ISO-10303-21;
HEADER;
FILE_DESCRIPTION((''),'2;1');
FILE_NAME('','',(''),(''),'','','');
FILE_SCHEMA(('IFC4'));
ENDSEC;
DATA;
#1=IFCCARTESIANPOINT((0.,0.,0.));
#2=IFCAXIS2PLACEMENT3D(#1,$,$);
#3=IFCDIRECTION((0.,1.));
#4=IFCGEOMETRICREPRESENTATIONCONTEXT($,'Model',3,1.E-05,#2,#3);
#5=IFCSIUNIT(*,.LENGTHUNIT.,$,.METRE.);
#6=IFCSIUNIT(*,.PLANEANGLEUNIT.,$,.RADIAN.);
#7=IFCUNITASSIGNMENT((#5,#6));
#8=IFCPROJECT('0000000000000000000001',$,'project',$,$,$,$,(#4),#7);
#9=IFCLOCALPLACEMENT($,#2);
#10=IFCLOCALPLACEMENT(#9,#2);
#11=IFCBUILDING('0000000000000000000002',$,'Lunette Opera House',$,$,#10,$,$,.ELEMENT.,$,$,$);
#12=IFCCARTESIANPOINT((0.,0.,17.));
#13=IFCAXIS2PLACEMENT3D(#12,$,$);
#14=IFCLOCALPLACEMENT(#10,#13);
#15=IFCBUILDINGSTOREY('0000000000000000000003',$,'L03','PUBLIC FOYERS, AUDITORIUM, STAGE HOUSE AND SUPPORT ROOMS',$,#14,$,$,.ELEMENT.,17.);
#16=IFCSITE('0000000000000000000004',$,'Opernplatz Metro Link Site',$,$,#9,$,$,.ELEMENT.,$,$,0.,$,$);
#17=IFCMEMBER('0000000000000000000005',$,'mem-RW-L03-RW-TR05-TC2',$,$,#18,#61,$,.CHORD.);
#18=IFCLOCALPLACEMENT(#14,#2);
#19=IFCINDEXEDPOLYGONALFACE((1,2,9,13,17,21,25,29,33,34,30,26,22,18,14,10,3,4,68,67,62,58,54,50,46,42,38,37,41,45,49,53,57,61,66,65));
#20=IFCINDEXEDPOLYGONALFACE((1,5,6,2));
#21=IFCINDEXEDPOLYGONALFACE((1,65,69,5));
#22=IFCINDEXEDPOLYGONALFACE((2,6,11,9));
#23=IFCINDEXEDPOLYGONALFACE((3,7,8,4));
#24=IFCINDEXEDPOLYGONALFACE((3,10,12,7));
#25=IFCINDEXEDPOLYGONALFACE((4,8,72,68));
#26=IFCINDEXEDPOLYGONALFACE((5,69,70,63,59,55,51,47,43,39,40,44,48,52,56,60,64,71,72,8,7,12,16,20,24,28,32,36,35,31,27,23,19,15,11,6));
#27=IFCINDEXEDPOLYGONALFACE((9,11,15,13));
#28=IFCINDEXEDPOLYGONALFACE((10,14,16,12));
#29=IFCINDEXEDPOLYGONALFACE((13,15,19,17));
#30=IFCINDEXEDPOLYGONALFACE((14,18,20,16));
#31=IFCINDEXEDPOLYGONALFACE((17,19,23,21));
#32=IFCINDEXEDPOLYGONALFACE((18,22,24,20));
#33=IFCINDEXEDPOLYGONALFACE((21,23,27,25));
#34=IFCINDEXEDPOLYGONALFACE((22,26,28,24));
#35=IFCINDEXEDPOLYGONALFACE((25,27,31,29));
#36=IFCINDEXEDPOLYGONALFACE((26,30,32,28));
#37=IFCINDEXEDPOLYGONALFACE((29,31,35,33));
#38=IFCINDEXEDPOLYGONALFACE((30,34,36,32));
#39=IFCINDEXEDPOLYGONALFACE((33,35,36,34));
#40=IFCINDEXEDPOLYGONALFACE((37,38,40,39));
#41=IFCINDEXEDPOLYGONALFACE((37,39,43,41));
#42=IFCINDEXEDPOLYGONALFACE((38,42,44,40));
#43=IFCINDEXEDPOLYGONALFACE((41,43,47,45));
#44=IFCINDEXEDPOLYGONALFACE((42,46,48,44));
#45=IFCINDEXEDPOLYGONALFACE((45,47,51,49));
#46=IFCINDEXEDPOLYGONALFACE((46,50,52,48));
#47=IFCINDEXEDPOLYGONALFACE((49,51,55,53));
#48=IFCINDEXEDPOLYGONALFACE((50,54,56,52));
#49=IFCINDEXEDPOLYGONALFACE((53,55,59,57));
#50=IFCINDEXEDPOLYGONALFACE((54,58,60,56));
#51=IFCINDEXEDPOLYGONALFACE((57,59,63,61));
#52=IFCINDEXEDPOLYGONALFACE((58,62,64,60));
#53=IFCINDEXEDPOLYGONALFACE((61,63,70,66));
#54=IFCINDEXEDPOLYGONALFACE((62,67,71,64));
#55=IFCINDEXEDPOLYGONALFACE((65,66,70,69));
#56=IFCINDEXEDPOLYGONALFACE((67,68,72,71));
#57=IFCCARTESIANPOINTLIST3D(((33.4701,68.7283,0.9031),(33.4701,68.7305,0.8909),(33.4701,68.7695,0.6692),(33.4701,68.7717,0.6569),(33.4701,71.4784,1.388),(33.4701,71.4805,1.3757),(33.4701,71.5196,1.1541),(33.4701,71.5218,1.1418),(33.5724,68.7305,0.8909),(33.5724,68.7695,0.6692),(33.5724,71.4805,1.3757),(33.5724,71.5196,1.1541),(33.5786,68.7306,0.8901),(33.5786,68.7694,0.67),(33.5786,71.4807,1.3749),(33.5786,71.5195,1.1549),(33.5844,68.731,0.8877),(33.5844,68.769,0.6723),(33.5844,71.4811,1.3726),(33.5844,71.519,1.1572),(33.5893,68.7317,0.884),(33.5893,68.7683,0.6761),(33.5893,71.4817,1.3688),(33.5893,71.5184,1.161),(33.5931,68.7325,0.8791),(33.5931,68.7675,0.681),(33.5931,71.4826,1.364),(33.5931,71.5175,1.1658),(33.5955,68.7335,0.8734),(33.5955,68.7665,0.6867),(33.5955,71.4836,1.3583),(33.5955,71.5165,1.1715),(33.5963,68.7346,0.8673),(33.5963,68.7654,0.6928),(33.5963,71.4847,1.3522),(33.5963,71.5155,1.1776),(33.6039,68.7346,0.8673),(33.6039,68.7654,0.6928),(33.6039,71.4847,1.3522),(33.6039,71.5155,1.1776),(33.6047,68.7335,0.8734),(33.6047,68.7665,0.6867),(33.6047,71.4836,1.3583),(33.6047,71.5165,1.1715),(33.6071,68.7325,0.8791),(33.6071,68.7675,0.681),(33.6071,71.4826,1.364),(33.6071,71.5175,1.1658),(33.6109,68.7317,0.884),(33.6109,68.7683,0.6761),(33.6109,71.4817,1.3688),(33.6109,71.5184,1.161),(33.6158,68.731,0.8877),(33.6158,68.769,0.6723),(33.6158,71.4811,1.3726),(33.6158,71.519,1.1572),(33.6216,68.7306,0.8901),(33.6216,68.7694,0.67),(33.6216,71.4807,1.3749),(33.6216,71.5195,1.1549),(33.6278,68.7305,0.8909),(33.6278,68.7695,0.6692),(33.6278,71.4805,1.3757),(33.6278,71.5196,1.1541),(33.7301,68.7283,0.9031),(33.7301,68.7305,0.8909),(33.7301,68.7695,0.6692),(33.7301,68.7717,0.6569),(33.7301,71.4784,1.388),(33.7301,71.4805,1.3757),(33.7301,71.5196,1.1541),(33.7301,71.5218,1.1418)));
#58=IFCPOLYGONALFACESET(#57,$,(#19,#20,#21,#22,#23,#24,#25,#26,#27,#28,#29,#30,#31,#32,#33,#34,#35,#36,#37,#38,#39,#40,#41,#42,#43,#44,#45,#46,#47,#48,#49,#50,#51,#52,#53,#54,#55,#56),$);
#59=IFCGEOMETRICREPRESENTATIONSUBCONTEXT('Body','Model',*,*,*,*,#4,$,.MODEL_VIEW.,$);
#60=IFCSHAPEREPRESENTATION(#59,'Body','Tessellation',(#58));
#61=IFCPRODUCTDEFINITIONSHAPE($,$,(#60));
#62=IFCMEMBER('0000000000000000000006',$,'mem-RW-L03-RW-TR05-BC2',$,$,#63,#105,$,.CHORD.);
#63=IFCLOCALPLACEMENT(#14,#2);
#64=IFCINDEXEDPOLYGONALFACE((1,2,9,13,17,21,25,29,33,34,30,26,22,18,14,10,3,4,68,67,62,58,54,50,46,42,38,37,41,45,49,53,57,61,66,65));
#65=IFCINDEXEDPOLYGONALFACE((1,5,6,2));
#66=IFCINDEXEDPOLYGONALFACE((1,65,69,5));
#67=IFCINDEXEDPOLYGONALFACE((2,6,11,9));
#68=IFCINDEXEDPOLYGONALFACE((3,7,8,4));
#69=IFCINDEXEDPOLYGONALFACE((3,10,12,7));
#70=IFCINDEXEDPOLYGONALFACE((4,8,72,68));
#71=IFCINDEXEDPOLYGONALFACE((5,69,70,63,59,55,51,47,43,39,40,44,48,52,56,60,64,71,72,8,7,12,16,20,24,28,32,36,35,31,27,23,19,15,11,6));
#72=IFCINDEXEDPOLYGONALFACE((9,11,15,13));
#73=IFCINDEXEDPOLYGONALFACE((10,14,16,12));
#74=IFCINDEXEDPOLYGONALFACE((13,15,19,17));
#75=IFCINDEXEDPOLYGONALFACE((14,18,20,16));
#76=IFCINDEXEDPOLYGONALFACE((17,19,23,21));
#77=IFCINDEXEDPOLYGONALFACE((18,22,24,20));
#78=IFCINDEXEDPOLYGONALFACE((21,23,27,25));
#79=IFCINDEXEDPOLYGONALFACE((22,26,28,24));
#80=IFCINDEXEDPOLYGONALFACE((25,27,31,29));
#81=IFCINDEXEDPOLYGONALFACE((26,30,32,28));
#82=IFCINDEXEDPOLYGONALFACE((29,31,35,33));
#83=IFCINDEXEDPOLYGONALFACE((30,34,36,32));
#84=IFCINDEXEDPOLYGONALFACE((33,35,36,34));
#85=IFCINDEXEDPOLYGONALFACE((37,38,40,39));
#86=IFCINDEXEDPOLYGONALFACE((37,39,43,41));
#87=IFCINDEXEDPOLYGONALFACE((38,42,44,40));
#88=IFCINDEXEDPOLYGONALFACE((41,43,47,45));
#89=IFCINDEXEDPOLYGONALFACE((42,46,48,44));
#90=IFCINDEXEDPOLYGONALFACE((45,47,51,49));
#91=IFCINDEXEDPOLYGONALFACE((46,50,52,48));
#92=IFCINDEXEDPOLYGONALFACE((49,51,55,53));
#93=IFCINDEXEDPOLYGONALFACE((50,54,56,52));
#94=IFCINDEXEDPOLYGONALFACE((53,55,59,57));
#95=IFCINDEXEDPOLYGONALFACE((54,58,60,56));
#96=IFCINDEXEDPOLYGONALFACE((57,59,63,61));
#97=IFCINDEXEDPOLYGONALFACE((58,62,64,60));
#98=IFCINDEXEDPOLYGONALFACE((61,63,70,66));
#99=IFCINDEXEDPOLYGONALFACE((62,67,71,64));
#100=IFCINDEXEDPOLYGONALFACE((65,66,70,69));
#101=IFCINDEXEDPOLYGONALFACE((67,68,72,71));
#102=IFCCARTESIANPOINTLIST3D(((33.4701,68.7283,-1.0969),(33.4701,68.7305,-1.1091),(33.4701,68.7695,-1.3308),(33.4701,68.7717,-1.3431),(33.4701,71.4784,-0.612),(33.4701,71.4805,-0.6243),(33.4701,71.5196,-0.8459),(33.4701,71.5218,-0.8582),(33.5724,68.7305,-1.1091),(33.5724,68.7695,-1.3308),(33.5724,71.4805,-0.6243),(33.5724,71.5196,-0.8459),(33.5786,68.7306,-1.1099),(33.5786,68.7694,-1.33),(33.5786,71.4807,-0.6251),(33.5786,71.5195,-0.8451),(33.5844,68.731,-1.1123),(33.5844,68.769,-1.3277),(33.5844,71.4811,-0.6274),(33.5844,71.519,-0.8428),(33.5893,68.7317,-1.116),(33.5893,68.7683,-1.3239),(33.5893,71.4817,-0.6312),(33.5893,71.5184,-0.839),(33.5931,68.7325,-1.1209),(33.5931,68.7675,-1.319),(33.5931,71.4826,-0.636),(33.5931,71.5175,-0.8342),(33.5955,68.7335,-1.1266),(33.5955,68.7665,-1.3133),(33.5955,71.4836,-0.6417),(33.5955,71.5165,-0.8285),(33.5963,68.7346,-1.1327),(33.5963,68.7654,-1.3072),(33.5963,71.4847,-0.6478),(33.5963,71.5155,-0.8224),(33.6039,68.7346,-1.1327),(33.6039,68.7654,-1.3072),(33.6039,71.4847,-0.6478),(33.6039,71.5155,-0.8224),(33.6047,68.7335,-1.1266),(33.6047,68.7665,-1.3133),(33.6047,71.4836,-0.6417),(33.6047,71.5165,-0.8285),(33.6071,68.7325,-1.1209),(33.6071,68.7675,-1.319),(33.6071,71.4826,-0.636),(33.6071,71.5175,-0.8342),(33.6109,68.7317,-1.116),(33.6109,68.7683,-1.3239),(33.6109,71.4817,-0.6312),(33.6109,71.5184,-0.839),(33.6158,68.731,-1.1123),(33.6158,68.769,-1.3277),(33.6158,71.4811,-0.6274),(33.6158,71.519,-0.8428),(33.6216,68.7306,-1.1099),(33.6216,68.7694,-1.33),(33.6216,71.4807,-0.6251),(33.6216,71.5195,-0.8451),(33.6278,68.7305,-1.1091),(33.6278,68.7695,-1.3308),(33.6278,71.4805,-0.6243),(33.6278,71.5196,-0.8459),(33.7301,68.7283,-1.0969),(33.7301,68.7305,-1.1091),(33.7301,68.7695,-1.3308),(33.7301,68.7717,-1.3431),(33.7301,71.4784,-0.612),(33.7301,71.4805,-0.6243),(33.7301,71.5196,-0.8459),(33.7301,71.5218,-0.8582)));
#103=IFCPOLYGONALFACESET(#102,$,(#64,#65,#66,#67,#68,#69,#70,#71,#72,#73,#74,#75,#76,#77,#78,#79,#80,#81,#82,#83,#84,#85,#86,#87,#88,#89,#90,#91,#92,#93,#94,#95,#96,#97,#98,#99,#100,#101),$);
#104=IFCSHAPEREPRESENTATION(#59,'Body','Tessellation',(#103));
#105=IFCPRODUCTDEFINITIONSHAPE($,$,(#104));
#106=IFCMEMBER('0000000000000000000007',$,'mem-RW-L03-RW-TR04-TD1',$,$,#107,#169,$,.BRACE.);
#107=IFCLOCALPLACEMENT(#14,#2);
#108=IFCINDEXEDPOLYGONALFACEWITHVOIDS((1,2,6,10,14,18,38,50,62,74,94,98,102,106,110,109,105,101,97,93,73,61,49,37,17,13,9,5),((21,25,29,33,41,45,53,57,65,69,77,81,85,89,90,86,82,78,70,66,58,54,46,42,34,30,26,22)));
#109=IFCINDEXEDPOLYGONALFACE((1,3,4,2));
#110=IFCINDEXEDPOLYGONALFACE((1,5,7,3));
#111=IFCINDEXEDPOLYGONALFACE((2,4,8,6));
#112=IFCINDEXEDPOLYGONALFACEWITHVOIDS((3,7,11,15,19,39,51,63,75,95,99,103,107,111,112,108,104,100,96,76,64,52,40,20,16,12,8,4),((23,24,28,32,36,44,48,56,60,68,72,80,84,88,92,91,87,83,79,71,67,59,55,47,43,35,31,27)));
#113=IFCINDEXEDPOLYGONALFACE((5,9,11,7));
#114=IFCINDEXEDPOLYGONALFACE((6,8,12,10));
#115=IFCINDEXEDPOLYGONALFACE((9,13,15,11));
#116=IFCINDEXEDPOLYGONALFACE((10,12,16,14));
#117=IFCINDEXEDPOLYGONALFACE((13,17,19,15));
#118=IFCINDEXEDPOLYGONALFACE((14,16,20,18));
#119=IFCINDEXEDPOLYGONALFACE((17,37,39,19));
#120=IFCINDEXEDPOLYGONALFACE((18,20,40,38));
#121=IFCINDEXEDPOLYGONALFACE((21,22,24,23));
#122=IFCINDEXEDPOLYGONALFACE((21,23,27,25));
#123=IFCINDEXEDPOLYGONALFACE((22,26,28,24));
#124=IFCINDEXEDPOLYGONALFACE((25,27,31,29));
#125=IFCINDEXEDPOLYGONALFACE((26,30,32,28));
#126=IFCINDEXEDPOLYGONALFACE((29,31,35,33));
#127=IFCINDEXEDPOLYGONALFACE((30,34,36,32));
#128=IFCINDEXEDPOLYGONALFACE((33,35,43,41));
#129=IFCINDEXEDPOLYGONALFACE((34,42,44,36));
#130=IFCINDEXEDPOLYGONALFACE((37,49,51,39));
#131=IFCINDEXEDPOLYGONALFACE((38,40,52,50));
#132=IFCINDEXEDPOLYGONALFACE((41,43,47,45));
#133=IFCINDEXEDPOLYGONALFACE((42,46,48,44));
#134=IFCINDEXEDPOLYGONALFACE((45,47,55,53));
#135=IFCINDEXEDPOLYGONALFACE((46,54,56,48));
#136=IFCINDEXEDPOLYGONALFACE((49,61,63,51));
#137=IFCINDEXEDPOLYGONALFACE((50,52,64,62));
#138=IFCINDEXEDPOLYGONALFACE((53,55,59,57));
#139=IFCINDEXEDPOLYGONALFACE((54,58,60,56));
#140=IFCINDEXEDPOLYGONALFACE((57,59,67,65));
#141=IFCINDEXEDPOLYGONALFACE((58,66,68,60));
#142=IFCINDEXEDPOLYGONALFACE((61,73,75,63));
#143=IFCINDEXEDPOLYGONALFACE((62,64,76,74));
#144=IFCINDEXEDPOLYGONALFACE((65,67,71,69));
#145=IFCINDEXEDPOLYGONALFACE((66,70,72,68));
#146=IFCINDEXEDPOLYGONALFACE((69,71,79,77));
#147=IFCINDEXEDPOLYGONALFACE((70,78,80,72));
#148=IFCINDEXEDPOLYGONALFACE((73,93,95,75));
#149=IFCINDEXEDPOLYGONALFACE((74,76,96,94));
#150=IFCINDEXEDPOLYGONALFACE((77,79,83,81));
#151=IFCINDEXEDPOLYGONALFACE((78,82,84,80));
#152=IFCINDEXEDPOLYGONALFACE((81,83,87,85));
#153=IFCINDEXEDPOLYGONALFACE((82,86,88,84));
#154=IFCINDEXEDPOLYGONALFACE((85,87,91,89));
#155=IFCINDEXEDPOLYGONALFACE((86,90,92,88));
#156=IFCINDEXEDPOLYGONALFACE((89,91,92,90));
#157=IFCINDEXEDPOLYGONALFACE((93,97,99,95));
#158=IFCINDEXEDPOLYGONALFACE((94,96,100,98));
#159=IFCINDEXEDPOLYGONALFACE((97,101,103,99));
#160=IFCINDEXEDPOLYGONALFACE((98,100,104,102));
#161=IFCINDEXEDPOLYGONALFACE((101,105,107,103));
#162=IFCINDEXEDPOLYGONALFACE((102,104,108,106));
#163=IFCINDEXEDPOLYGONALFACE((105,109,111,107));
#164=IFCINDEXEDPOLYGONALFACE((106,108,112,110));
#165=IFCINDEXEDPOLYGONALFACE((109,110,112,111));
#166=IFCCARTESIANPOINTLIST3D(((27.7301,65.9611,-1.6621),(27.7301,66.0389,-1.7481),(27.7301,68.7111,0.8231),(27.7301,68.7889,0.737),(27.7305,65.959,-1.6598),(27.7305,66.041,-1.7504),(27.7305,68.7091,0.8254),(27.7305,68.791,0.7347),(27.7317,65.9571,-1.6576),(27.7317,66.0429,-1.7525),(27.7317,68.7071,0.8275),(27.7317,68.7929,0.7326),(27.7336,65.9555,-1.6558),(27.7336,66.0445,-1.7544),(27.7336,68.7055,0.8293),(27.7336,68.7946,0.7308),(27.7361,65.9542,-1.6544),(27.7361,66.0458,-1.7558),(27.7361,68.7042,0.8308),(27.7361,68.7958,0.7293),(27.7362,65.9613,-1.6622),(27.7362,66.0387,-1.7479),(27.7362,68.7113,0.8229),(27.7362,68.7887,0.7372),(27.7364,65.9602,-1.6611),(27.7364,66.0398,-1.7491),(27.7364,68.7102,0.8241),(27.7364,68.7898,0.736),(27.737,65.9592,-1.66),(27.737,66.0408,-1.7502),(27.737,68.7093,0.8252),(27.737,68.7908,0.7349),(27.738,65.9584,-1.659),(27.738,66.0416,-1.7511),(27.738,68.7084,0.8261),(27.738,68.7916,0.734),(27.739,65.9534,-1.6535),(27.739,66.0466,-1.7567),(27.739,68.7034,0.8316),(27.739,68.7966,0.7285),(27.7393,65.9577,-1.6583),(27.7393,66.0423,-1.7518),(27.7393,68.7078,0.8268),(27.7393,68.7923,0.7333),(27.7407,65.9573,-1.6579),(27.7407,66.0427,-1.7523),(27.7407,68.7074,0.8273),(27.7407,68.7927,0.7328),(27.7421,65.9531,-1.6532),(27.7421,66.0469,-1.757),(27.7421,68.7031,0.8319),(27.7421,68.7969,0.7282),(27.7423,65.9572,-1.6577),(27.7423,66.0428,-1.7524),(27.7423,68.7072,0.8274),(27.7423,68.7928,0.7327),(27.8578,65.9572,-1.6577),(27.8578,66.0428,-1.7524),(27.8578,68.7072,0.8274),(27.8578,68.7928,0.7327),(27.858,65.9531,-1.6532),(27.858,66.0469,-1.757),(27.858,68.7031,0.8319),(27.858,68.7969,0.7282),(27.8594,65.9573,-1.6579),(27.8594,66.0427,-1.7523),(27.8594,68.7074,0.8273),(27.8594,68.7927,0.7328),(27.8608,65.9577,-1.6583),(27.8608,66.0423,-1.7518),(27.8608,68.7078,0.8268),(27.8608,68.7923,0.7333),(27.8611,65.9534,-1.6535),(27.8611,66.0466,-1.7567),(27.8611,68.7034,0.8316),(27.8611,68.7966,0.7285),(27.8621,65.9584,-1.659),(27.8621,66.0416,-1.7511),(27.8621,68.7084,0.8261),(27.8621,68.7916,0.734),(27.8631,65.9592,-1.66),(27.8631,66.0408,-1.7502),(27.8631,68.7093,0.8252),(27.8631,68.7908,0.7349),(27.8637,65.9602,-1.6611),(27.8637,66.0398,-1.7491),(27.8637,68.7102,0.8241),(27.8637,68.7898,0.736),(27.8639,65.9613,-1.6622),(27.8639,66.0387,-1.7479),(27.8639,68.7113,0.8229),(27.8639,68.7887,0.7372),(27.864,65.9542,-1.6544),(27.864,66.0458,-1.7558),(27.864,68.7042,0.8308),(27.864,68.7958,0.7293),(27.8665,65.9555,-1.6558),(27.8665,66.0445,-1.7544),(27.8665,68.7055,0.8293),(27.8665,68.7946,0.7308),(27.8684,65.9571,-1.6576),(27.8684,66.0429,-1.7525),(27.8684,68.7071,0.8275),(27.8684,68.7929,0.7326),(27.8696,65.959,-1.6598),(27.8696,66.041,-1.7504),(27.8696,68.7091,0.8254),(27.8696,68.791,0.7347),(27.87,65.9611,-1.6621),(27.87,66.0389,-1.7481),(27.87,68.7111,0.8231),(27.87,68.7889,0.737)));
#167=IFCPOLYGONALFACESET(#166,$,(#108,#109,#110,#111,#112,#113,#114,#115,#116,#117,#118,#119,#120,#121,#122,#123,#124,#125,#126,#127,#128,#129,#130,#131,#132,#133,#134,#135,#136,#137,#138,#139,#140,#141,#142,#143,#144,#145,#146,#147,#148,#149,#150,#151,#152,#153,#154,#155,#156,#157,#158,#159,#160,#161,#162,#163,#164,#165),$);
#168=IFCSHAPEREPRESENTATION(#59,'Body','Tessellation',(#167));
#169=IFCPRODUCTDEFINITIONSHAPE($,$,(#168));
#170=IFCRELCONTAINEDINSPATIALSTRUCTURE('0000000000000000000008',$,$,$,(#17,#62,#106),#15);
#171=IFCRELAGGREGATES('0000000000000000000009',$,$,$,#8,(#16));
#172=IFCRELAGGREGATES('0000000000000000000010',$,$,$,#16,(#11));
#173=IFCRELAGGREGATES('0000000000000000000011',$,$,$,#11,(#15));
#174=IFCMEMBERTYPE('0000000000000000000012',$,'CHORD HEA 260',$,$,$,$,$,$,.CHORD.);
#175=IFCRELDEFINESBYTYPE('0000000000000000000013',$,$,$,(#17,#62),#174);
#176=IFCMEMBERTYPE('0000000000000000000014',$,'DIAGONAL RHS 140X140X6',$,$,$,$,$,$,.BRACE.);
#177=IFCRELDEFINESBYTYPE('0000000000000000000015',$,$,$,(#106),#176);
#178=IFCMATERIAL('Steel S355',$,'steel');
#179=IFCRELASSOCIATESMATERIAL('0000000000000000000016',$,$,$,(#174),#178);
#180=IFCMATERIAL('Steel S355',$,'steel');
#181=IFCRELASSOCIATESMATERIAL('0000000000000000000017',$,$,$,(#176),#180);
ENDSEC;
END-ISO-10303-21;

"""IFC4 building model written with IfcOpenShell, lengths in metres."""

from ifc_helpers import new_model, si_unit, direction, frame, origin, origin_2d, place, context, subcontext, project, spatial, hollow_rectangle, i_section, extrude, material, material_profile, profile_set, type_object, element, save


model = new_model("IFC4")

# Units and contexts
model_context = context("Model", 3, precision=1e-05, world=origin(), true_north=direction((0.0, 1.0)))
body_context = subcontext(model_context, "Body", "Model", "MODEL_VIEW")
ifc_project = project(units=[si_unit("LENGTHUNIT", "METRE"), si_unit("PLANEANGLEUNIT", "RADIAN")], contexts=[model_context])

# Site, building, storey
site_placement = place(None, origin())
site = spatial("IfcSite", under=ifc_project, at=site_placement, Name="Opernplatz Metro Link Site", CompositionType="ELEMENT", RefElevation=0.0)
building_placement = place(site_placement, origin())
building = spatial("IfcBuilding", under=site, at=building_placement, Name="Lunette Opera House", CompositionType="ELEMENT")
storey_placement = place(building_placement, frame((0.0, 0.0, 17.0)))
storey = spatial("IfcBuildingStorey", under=building, at=storey_placement, Name="L03", Description="PUBLIC FOYERS, AUDITORIUM, STAGE HOUSE AND SUPPORT ROOMS", CompositionType="ELEMENT", Elevation=17.0)

# Members
ifc_material_1 = material(Name="Steel S355", Category="steel")
ifc_material_profile_1 = material_profile(ifc_material_1, i_section(OverallWidth=0.26, OverallDepth=0.25, WebThickness=0.0076, FlangeThickness=0.0125, FilletRadius=0.0239, at=origin_2d()), Name="HEA 260")
ifc_profile_set_1 = profile_set([ifc_material_profile_1], Name="Steel S355")
member_type_1 = type_object("IfcMemberType", Name="CHORD HEA 260", PredefinedType="CHORD", material=ifc_profile_set_1)
for number, where, z_axis, x_axis, name in (
    (1, (33.6001, 68.75, 0.78), (0.0, 0.98481, 0.173636), (-1.0, 0.0, 0.0), "mem-RW-L03-RW-TR05-TC2"),
    (2, (33.6001, 68.75, -1.22), (0.0, 0.98481, 0.173636), (-1.0, 0.0, 0.0), "mem-RW-L03-RW-TR05-BC2"),
):
    element("IfcMember", number, at=place(storey_placement, frame(where, z_axis=z_axis, x_axis=x_axis)), inside=storey, type_object=member_type_1, Name=name, PredefinedType="CHORD", context=body_context, shape_type="SweptSolid", body=[
        extrude(i_section(OverallWidth=0.26, OverallDepth=0.25, WebThickness=0.0076, FlangeThickness=0.0125, FilletRadius=0.0239, at=origin_2d()), origin(), (0.0, 0.0, 1.0), 2.7925),
    ])
ifc_material_2 = material(Name="Steel S355", Category="steel")
ifc_material_profile_2 = material_profile(ifc_material_2, hollow_rectangle(XDim=0.1399, YDim=0.1399, WallThickness=0.0061, InnerFilletRadius=0.0061, OuterFilletRadius=0.012, at=origin_2d()), Name="RHS 140X140X6")
ifc_profile_set_2 = profile_set([ifc_material_profile_2], Name="Steel S355")
member_type_2 = type_object("IfcMemberType", Name="DIAGONAL RHS 140X140X6", PredefinedType="BRACE", material=ifc_profile_set_2)
member_1_placement = place(storey_placement, frame((27.8, 66.0, -1.7051), z_axis=(0.0, 0.741937, 0.67047), x_axis=(-1.0, 0.0, 0.0)))
element("IfcMember", 3, at=member_1_placement, inside=storey, type_object=member_type_2, Name="mem-RW-L03-RW-TR04-TD1", PredefinedType="BRACE", context=body_context, shape_type="SweptSolid", body=[
    extrude(hollow_rectangle(XDim=0.1399, YDim=0.1399, WallThickness=0.0061, InnerFilletRadius=0.0061, OuterFilletRadius=0.012, at=origin_2d()), origin(), (0.0, 0.0, 1.0), 3.7065),
])

save(model, "model.ifc")
